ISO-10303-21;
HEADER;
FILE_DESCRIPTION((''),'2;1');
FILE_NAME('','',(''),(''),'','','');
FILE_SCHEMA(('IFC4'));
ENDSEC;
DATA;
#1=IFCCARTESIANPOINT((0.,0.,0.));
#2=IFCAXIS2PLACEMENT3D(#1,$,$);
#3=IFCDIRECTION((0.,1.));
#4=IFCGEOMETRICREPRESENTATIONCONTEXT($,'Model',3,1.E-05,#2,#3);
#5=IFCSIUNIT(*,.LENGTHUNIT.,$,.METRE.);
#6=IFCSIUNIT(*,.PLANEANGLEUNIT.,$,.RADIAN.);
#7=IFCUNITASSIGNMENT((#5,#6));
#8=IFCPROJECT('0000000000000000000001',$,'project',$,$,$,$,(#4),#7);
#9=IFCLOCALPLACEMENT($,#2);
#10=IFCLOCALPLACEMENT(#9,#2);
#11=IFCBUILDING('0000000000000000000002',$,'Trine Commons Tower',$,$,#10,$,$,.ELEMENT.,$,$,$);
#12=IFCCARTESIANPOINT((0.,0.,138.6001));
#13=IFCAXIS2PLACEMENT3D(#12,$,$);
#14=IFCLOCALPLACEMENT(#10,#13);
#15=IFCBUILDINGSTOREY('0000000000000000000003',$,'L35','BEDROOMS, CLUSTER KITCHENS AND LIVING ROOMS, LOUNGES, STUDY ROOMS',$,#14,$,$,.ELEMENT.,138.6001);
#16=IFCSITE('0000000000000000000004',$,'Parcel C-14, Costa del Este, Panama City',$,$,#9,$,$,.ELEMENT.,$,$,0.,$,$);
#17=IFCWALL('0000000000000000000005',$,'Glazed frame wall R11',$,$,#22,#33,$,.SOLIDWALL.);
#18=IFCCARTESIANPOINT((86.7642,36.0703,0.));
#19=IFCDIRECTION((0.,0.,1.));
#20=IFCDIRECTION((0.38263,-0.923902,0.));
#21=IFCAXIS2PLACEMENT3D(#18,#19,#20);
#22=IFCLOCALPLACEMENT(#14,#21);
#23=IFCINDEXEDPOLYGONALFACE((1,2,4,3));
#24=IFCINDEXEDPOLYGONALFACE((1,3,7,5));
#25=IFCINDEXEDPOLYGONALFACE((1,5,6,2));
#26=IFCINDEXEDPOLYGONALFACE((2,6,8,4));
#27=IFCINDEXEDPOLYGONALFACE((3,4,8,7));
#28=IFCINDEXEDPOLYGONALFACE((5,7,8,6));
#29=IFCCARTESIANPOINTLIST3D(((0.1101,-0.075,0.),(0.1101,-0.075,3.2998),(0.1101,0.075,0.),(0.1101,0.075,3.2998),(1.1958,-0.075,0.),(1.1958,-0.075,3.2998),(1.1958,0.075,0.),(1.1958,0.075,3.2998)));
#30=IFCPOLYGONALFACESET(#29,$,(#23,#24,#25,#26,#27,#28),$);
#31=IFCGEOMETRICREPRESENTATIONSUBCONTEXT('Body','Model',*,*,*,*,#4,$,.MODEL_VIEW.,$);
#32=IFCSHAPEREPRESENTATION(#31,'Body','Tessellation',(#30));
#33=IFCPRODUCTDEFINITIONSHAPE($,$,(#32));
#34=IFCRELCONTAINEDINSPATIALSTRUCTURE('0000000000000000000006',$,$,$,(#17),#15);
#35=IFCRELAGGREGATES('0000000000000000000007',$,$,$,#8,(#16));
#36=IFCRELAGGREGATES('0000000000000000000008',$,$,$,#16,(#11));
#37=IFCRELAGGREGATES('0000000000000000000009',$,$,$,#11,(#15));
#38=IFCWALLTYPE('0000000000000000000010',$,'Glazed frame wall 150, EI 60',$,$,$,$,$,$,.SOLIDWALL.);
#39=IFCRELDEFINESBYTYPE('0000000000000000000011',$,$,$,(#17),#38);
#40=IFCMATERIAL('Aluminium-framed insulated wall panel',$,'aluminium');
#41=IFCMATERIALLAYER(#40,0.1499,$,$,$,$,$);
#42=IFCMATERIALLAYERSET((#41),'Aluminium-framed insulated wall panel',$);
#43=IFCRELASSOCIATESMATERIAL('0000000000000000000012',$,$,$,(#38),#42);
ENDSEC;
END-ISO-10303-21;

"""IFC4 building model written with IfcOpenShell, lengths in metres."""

from ifc_helpers import new_model, si_unit, direction, frame, origin, place, context, subcontext, project, spatial, polyline, outline, extrude, material, layer, layer_set, type_object, element, save


model = new_model("IFC4")

# Units and contexts
model_context = context("Model", 3, precision=1e-05, world=origin(), true_north=direction((0.0, 1.0)))
body_context = subcontext(model_context, "Body", "Model", "MODEL_VIEW")
ifc_project = project(units=[si_unit("LENGTHUNIT", "METRE"), si_unit("PLANEANGLEUNIT", "RADIAN")], contexts=[model_context])

# Site, building, storey
site_placement = place(None, origin())
site = spatial("IfcSite", under=ifc_project, at=site_placement, Name="Parcel C-14, Costa del Este, Panama City", CompositionType="ELEMENT", RefElevation=0.0)
building_placement = place(site_placement, origin())
building = spatial("IfcBuilding", under=site, at=building_placement, Name="Trine Commons Tower", CompositionType="ELEMENT")
storey_placement = place(building_placement, frame((0.0, 0.0, 138.6001)))
storey = spatial("IfcBuildingStorey", under=building, at=storey_placement, Name="L35", Description="BEDROOMS, CLUSTER KITCHENS AND LIVING ROOMS, LOUNGES, STUDY ROOMS", CompositionType="ELEMENT", Elevation=138.6001)

# Shared definitions
ifc_material_1 = material(Name="Aluminium-framed insulated wall panel", Category="aluminium")
ifc_layer_1 = layer(ifc_material_1, 0.1499)
ifc_layer_set_1 = layer_set([ifc_layer_1], Name="Aluminium-framed insulated wall panel")
wall_type_1 = type_object("IfcWallType", Name="Glazed frame wall 150, EI 60", PredefinedType="SOLIDWALL", material=ifc_layer_set_1)

# Wall
wall_1_placement = place(storey_placement, frame((86.7642, 36.0703, 0.0), z_axis=(0.0, 0.0, 1.0), x_axis=(0.38263, -0.923902, 0.0)))
element("IfcWall", 1, at=wall_1_placement, inside=storey, type_object=wall_type_1, Name="Glazed frame wall R11", PredefinedType="SOLIDWALL", context=body_context, shape_type="SweptSolid", body=[
    extrude(outline(polyline([(0.1101, 0.075), (0.1101, -0.075), (1.1958, -0.075), (1.1958, 0.075), (0.1101, 0.075)])), origin(), (0.0, 0.0, 1.0), 3.2998),
])

save(model, "model.ifc")
